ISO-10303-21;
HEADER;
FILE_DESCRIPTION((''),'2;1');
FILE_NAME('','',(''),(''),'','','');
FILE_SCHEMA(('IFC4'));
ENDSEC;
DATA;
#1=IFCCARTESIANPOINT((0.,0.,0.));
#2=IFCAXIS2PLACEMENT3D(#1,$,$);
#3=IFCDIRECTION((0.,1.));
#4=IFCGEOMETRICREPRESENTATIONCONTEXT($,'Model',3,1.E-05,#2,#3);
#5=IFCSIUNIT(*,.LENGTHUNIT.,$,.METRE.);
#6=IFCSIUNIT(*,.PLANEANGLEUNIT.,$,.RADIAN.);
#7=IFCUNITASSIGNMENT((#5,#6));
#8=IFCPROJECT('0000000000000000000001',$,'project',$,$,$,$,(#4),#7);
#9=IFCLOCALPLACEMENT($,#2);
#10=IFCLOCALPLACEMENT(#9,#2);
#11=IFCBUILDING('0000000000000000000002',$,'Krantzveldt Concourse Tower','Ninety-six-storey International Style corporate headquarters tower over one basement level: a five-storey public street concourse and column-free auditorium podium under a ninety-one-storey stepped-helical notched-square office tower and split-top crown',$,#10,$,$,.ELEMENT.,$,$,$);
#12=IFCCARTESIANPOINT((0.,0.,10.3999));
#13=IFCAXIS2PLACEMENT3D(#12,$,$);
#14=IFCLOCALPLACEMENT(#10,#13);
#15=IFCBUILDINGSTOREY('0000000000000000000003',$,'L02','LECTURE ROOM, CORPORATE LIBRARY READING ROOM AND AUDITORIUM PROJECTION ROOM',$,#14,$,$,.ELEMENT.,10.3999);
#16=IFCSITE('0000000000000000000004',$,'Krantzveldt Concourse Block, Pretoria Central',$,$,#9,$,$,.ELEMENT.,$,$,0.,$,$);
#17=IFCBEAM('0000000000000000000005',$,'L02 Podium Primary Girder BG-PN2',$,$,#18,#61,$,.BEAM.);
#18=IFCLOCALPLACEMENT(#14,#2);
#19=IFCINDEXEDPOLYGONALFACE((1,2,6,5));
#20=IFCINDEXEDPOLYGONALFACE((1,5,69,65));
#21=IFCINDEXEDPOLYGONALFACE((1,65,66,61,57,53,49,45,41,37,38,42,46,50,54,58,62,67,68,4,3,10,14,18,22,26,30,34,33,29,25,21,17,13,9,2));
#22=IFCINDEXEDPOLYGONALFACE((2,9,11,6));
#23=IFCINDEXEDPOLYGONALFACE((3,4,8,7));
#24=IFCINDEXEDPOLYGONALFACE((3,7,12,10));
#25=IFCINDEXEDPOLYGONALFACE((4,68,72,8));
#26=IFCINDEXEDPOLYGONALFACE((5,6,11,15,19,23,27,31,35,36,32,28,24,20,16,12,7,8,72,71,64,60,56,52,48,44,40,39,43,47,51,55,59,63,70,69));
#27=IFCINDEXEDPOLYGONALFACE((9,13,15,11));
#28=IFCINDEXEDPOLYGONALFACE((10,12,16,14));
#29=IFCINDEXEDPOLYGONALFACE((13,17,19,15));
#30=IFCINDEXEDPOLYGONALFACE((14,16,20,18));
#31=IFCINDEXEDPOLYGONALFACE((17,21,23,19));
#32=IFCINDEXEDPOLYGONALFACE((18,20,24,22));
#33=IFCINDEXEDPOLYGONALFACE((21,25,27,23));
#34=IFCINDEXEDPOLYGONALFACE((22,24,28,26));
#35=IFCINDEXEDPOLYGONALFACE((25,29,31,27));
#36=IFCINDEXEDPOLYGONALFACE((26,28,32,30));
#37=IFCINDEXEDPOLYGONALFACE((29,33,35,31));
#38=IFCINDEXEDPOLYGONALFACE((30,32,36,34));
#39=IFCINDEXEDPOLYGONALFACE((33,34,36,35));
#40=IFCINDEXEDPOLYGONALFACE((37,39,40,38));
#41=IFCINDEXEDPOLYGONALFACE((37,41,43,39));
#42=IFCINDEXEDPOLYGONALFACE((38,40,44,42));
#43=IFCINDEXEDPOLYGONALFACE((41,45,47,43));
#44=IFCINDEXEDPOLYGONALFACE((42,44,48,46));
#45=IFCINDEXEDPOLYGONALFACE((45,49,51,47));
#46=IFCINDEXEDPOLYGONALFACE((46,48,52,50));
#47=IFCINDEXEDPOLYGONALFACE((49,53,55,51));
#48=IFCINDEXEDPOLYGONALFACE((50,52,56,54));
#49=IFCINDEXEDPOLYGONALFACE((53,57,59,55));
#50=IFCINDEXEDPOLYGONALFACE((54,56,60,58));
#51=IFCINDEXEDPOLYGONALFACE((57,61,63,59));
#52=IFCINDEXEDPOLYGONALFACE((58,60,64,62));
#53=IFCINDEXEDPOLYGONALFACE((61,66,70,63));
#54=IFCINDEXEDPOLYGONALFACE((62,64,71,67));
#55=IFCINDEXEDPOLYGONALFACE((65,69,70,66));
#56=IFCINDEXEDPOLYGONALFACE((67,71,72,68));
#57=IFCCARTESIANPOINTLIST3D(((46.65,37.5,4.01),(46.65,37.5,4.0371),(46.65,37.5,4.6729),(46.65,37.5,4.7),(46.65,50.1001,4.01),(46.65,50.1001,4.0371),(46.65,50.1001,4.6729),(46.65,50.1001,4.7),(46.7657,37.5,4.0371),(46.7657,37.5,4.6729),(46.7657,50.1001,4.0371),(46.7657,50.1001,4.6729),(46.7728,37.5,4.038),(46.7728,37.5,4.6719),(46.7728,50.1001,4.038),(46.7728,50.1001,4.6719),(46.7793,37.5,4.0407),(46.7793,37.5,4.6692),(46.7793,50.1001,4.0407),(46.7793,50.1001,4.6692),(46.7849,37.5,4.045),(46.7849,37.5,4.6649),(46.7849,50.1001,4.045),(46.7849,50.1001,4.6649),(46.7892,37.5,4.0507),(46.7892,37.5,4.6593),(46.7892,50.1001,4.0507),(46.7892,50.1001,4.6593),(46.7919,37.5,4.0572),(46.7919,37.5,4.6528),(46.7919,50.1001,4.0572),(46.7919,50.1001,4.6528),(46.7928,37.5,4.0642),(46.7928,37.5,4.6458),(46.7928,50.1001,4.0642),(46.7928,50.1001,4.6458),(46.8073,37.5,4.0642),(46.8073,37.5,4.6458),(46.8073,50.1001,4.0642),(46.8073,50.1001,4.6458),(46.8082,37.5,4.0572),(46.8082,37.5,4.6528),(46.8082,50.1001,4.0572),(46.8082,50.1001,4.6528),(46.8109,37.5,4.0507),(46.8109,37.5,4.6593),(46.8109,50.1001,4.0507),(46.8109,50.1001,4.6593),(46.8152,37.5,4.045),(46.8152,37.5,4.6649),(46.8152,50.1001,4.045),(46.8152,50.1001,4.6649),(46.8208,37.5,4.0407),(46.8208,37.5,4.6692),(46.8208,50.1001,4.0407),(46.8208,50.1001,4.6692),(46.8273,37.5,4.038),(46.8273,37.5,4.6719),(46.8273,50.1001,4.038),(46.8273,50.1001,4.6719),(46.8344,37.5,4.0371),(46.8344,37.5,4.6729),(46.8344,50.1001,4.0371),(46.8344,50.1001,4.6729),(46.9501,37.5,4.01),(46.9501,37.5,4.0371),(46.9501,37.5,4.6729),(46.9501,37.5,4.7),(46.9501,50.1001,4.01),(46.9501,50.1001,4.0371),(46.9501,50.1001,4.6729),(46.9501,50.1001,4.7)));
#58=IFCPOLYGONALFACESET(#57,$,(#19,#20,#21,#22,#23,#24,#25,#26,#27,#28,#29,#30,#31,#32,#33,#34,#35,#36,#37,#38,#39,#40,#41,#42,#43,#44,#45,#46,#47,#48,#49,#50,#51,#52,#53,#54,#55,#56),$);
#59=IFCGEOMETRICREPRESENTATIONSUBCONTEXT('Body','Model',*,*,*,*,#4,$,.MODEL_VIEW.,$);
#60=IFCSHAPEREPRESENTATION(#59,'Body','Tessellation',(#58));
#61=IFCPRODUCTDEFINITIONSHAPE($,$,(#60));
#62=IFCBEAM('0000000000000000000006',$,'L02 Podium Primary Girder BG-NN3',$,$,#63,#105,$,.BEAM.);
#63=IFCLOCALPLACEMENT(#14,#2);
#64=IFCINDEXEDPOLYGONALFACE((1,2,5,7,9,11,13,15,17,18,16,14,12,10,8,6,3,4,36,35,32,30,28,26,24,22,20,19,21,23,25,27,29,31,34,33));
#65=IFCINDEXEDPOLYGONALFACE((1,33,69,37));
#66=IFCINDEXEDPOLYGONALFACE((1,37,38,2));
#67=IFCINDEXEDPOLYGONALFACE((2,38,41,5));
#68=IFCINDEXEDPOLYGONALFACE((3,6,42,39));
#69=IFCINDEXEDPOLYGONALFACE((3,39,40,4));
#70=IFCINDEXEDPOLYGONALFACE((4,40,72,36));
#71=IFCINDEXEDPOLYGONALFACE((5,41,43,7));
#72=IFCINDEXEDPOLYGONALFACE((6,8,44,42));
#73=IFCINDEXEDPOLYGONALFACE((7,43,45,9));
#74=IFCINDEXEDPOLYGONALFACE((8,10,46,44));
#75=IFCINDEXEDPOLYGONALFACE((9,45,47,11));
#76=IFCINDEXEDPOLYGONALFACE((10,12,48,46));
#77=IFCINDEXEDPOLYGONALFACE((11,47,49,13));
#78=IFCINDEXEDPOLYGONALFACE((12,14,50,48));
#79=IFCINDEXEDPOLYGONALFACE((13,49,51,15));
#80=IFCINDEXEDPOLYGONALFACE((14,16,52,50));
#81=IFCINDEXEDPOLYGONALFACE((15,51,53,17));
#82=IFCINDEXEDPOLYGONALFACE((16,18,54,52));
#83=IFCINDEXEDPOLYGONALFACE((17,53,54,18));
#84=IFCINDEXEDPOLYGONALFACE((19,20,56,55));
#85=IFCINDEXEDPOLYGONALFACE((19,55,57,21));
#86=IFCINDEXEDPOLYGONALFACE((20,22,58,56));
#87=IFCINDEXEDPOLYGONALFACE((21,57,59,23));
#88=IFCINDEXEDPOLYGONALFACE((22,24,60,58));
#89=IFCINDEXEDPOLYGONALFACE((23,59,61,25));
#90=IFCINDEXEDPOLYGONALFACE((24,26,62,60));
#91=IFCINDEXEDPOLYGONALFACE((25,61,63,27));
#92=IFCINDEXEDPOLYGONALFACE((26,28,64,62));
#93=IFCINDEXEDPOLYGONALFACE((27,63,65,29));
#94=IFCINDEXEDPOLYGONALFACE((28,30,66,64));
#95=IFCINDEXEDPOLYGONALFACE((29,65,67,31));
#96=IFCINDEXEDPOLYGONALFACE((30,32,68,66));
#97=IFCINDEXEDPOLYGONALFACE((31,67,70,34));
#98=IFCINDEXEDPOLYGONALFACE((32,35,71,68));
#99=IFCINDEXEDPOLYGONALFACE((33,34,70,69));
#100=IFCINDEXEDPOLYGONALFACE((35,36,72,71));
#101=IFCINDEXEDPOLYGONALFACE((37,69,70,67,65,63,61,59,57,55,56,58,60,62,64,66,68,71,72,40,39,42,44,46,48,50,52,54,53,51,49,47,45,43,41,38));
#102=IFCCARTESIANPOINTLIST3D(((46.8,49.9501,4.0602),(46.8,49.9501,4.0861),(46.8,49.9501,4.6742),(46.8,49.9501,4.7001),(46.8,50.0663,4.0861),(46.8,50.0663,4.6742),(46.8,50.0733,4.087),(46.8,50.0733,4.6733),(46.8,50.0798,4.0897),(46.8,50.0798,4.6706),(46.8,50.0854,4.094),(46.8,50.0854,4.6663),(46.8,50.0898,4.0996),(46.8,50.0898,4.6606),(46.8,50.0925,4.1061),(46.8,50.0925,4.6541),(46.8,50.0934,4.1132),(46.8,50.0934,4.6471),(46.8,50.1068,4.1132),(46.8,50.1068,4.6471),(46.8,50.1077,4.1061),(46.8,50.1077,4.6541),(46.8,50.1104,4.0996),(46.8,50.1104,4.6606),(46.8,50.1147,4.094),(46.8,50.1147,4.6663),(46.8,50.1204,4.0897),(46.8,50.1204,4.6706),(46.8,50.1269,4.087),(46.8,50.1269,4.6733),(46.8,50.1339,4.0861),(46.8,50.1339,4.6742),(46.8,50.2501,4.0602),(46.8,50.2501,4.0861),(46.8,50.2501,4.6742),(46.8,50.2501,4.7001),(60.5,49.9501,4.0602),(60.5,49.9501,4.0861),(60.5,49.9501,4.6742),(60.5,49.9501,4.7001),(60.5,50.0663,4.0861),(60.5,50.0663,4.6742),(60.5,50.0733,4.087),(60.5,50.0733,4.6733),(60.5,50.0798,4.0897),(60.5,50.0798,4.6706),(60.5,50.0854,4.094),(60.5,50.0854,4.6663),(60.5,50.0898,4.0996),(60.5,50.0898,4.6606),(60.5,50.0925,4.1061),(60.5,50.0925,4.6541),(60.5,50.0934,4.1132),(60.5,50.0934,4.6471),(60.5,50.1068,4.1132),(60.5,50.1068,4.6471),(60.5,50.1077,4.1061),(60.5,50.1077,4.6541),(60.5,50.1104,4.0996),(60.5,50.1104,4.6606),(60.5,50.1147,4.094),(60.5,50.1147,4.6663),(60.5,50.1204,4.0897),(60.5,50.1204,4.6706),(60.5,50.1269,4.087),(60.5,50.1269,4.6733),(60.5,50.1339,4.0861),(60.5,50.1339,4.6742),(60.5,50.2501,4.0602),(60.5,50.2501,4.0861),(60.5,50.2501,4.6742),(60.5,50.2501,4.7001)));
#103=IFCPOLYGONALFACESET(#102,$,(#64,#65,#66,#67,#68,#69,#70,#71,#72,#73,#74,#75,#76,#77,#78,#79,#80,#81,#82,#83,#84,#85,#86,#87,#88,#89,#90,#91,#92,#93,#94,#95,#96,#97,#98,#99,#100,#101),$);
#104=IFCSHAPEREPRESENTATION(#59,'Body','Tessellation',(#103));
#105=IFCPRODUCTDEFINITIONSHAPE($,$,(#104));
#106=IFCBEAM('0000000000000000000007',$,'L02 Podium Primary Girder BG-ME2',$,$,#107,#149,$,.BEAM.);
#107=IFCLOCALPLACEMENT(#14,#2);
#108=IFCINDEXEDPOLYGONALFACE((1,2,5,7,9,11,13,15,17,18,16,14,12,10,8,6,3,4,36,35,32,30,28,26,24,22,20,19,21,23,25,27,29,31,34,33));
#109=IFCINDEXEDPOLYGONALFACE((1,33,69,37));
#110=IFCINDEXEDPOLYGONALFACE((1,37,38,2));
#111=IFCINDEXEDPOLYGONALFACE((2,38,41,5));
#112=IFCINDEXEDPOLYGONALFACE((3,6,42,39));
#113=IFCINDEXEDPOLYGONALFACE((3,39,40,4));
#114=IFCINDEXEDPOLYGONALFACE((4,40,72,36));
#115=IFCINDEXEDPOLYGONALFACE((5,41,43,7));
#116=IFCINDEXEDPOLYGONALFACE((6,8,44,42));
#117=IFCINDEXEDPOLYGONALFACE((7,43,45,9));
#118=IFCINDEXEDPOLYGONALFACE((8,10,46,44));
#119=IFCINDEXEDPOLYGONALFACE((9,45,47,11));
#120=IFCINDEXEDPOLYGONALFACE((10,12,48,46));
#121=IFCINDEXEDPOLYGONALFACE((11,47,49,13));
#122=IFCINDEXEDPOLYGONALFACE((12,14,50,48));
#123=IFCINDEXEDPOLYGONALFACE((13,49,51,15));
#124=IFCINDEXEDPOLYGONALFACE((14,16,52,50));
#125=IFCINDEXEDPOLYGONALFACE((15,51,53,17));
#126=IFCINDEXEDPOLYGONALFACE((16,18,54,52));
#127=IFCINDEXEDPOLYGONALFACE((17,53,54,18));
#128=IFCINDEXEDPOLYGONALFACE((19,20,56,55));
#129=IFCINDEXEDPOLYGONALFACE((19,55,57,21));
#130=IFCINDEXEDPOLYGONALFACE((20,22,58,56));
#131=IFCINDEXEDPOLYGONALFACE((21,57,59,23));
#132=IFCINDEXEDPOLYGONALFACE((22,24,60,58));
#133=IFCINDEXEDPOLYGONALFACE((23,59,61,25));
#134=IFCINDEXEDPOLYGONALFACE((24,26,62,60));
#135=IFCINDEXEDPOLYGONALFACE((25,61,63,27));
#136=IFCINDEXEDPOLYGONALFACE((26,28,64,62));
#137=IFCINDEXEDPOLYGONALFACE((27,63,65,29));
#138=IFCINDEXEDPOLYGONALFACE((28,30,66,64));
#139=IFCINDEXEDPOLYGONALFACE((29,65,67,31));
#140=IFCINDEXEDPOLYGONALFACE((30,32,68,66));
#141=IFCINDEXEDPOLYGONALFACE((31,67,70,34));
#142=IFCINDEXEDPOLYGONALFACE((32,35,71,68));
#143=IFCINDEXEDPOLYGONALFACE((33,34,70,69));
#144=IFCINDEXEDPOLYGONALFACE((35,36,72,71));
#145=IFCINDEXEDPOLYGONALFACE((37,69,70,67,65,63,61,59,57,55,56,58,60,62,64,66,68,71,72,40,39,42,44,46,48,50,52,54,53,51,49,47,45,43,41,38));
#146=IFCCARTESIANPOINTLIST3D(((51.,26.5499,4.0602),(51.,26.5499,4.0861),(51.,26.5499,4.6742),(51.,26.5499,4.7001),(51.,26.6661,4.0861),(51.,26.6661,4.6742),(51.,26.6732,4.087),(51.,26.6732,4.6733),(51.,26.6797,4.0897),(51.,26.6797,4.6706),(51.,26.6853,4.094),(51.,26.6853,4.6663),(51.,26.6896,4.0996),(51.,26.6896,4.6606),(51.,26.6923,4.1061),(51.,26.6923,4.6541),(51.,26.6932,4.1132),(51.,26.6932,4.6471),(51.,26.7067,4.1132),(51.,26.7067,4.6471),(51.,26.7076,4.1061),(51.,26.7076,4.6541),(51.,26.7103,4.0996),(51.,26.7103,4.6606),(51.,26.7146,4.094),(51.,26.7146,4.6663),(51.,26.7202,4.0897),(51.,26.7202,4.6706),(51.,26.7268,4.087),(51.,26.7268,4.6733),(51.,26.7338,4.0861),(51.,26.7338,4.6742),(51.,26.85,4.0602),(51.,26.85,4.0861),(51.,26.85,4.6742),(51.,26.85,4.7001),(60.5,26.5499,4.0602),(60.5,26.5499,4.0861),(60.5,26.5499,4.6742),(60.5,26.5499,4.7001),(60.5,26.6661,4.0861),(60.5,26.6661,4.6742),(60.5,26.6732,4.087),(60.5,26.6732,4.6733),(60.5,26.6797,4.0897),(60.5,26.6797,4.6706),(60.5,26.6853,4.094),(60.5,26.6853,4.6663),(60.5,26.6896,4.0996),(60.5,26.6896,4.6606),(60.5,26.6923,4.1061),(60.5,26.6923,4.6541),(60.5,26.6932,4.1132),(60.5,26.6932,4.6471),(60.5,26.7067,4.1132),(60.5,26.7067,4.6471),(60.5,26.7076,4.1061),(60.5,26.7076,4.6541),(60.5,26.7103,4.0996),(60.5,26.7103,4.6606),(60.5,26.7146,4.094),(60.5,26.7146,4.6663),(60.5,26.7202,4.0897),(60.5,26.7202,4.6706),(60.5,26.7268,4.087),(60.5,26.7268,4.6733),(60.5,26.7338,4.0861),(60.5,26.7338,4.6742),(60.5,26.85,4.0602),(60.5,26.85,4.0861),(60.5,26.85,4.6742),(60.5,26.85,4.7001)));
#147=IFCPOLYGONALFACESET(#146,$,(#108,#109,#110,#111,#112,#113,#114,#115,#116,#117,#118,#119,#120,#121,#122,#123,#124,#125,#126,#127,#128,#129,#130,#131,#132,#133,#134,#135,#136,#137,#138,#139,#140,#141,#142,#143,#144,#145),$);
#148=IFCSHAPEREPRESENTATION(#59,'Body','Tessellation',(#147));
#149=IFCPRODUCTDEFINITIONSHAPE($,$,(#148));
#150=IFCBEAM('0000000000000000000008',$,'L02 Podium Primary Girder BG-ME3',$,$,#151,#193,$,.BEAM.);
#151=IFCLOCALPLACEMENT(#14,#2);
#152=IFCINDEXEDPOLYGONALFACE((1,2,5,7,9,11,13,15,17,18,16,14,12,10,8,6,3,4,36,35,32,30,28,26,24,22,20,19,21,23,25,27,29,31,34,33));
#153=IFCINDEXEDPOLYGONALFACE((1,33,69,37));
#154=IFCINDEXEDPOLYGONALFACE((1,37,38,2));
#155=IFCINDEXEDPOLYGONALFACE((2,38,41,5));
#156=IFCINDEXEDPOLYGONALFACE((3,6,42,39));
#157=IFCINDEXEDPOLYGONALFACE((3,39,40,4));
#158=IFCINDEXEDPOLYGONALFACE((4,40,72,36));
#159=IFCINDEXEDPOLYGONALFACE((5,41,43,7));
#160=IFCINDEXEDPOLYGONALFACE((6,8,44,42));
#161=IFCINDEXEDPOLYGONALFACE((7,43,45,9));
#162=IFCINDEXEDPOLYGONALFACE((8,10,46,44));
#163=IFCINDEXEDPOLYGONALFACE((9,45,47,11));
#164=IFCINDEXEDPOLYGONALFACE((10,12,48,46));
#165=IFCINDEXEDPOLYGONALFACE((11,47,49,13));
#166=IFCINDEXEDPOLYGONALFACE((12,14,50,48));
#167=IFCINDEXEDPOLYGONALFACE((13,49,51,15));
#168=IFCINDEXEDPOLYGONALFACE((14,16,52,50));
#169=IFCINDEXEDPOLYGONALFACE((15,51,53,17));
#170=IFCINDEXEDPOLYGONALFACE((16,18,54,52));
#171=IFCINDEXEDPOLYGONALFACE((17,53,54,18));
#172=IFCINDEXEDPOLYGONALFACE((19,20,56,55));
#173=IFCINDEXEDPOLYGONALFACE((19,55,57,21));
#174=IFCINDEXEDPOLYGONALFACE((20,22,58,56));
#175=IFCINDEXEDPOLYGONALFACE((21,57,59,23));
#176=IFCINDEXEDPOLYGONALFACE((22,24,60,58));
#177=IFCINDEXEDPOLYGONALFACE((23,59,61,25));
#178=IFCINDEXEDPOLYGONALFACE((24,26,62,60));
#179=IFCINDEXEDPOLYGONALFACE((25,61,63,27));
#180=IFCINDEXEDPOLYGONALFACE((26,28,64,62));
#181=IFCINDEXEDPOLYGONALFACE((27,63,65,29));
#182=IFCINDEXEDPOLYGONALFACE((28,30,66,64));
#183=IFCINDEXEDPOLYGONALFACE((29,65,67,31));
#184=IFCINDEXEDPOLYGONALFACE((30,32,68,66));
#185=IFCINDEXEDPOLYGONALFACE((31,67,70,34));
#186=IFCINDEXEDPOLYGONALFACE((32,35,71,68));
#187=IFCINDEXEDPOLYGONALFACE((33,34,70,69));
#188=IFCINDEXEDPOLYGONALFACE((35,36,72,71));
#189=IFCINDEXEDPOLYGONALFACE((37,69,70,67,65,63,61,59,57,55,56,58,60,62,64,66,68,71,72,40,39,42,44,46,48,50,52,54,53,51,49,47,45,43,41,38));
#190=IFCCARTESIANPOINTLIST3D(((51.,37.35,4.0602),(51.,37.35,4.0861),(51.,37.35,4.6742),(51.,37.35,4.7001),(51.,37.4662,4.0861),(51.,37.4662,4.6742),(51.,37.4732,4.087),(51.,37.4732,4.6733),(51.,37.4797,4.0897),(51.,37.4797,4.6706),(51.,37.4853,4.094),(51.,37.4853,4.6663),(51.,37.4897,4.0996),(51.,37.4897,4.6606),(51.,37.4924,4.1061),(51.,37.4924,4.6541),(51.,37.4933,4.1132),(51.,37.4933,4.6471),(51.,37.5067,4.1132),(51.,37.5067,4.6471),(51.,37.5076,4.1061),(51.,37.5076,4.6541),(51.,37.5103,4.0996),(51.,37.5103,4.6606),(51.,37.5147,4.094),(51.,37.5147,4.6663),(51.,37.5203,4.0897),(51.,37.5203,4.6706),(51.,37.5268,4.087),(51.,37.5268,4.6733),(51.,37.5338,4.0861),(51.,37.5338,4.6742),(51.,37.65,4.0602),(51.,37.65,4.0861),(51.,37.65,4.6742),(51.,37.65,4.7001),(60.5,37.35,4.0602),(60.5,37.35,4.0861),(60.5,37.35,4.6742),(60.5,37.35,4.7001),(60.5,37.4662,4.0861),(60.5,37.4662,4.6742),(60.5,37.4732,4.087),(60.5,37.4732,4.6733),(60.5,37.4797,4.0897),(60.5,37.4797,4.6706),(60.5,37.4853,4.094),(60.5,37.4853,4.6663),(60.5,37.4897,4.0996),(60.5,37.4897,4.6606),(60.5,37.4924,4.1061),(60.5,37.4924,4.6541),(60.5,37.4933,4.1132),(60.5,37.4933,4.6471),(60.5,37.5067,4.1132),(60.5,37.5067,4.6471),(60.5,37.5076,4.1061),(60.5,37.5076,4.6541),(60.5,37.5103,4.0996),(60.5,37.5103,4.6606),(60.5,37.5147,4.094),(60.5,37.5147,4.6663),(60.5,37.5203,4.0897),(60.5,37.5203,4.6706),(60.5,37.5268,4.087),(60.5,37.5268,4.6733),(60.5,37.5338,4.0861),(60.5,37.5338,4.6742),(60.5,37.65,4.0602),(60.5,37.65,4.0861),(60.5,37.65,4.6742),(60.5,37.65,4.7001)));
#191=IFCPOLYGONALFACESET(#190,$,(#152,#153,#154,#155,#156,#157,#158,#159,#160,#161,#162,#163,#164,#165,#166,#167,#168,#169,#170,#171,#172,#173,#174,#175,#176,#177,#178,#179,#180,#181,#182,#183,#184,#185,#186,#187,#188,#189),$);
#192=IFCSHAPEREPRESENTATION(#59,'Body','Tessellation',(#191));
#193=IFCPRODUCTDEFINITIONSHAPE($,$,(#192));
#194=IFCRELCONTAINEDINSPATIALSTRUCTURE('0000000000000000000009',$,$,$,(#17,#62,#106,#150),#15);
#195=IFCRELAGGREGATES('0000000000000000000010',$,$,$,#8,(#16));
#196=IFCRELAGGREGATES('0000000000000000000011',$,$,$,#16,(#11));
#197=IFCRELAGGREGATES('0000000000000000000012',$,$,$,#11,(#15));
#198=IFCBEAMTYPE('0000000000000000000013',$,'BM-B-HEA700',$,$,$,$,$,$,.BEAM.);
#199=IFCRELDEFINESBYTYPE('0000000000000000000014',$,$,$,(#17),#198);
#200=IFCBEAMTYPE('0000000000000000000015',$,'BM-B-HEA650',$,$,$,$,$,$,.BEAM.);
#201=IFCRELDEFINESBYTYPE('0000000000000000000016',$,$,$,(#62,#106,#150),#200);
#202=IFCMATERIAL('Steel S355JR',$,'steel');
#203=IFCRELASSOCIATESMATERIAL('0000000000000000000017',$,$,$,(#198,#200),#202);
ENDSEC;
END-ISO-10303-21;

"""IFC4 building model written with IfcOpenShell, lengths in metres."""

from ifc_helpers import new_model, si_unit, direction, frame, origin, origin_2d, place, context, subcontext, project, spatial, i_section, extrude, source, transform, mapped, material, material_profile, profile_set, type_object, type_shapes, element, save


model = new_model("IFC4")

# Units and contexts
model_context = context("Model", 3, precision=1e-05, world=origin(), true_north=direction((0.0, 1.0)))
body_context = subcontext(model_context, "Body", "Model", "MODEL_VIEW")
ifc_project = project(units=[si_unit("LENGTHUNIT", "METRE"), si_unit("PLANEANGLEUNIT", "RADIAN")], contexts=[model_context])

# Site, building, storey
site_placement = place(None, origin())
site = spatial("IfcSite", under=ifc_project, at=site_placement, Name="Krantzveldt Concourse Block, Pretoria Central", CompositionType="ELEMENT", RefElevation=0.0)
building_placement = place(site_placement, origin())
building = spatial("IfcBuilding", under=site, at=building_placement, Name="Krantzveldt Concourse Tower", Description="Ninety-six-storey International Style corporate headquarters tower over one basement level: a five-storey public street concourse and column-free auditorium podium under a ninety-one-storey stepped-helical notched-square office tower and split-top crown", CompositionType="ELEMENT")
storey_placement = place(building_placement, frame((0.0, 0.0, 10.3999)))
storey = spatial("IfcBuildingStorey", under=building, at=storey_placement, Name="L02", Description="LECTURE ROOM, CORPORATE LIBRARY READING ROOM AND AUDITORIUM PROJECTION ROOM", CompositionType="ELEMENT", Elevation=10.3999)

# Beams
ifc_material_1 = material(Name="Steel S355JR", Category="steel")
ifc_material_profile_1 = material_profile(ifc_material_1, i_section(OverallWidth=0.3, OverallDepth=0.6899, WebThickness=0.0144, FlangeThickness=0.0271, FilletRadius=0.0271, at=origin_2d()), Name="Steel S355JR", Category="steel")
ifc_profile_set_1 = profile_set([ifc_material_profile_1], Name="Steel S355JR - HEA 700")
beam_type_1 = type_object("IfcBeamType", Name="BM-B-HEA700", PredefinedType="BEAM", material=ifc_profile_set_1)
shared_shape_1 = source(origin(), body_context, "Body", "SweptSolid", [
    extrude(i_section(OverallWidth=0.3, OverallDepth=0.6899, WebThickness=0.0144, FlangeThickness=0.0271, FilletRadius=0.0271, at=origin_2d()), origin(), (0.0, 0.0, 1.0), 12.6001),
])
beam_1_placement = place(storey_placement, frame((46.8, 37.5, 4.355), z_axis=(0.0, 1.0, 0.0), x_axis=(-1.0, 0.0, 0.0)))
element("IfcBeam", 1, at=beam_1_placement, inside=storey, type_object=beam_type_1, Name="L02 Podium Primary Girder BG-PN2", PredefinedType="BEAM", context=body_context, shape_type="MappedRepresentation", body=[
    mapped(shared_shape_1, transform((0.0, 0.0, 0.0), x_axis=(1.0, 0.0, 0.0), y_axis=(0.0, 1.0, 0.0), z_axis=(0.0, 0.0, 1.0), scale=1.0)),
])
ifc_material_profile_2 = material_profile(ifc_material_1, i_section(OverallWidth=0.3, OverallDepth=0.6399, WebThickness=0.0134, FlangeThickness=0.0259, FilletRadius=0.0271, at=origin_2d()), Name="Steel S355JR", Category="steel")
ifc_profile_set_2 = profile_set([ifc_material_profile_2], Name="Steel S355JR - HEA 650")
beam_type_2 = type_object("IfcBeamType", Name="BM-B-HEA650", PredefinedType="BEAM", material=ifc_profile_set_2)
shared_shape_2 = source(origin(), body_context, "Body", "SweptSolid", [
    extrude(i_section(OverallWidth=0.3, OverallDepth=0.6399, WebThickness=0.0134, FlangeThickness=0.0259, FilletRadius=0.0271, at=origin_2d()), origin(), (0.0, 0.0, 1.0), 13.7),
])
beam_2_placement = place(storey_placement, frame((46.8, 50.1001, 4.3801), z_axis=(1.0, 0.0, 0.0), x_axis=(0.0, 1.0, 0.0)))
element("IfcBeam", 2, at=beam_2_placement, inside=storey, type_object=beam_type_2, Name="L02 Podium Primary Girder BG-NN3", PredefinedType="BEAM", context=body_context, shape_type="MappedRepresentation", body=[
    mapped(shared_shape_2, transform((0.0, 0.0, 0.0), x_axis=(1.0, 0.0, 0.0), y_axis=(0.0, 1.0, 0.0), z_axis=(0.0, 0.0, 1.0), scale=1.0)),
])
shared_shape_3 = source(origin(), body_context, "Body", "SweptSolid", [
    extrude(i_section(OverallWidth=0.3, OverallDepth=0.6399, WebThickness=0.0134, FlangeThickness=0.0259, FilletRadius=0.0271, at=origin_2d()), origin(), (0.0, 0.0, 1.0), 9.5),
])
type_shapes(beam_type_2, [shared_shape_2, shared_shape_3])
for number, where, z_axis, x_axis, name in (
    (3, (51.0, 26.7, 4.3801), (1.0, 0.0, 0.0), (0.0, 1.0, 0.0), "L02 Podium Primary Girder BG-ME2"),
    (4, (51.0, 37.5, 4.3801), (1.0, 0.0, 0.0), (0.0, 1.0, 0.0), "L02 Podium Primary Girder BG-ME3"),
):
    element("IfcBeam", number, at=place(storey_placement, frame(where, z_axis=z_axis, x_axis=x_axis)), inside=storey, type_object=beam_type_2, Name=name, PredefinedType="BEAM", context=body_context, shape_type="MappedRepresentation", body=[
        mapped(shared_shape_3, transform((0.0, 0.0, 0.0), x_axis=(1.0, 0.0, 0.0), y_axis=(0.0, 1.0, 0.0), z_axis=(0.0, 0.0, 1.0), scale=1.0)),
    ])

save(model, "model.ifc")
